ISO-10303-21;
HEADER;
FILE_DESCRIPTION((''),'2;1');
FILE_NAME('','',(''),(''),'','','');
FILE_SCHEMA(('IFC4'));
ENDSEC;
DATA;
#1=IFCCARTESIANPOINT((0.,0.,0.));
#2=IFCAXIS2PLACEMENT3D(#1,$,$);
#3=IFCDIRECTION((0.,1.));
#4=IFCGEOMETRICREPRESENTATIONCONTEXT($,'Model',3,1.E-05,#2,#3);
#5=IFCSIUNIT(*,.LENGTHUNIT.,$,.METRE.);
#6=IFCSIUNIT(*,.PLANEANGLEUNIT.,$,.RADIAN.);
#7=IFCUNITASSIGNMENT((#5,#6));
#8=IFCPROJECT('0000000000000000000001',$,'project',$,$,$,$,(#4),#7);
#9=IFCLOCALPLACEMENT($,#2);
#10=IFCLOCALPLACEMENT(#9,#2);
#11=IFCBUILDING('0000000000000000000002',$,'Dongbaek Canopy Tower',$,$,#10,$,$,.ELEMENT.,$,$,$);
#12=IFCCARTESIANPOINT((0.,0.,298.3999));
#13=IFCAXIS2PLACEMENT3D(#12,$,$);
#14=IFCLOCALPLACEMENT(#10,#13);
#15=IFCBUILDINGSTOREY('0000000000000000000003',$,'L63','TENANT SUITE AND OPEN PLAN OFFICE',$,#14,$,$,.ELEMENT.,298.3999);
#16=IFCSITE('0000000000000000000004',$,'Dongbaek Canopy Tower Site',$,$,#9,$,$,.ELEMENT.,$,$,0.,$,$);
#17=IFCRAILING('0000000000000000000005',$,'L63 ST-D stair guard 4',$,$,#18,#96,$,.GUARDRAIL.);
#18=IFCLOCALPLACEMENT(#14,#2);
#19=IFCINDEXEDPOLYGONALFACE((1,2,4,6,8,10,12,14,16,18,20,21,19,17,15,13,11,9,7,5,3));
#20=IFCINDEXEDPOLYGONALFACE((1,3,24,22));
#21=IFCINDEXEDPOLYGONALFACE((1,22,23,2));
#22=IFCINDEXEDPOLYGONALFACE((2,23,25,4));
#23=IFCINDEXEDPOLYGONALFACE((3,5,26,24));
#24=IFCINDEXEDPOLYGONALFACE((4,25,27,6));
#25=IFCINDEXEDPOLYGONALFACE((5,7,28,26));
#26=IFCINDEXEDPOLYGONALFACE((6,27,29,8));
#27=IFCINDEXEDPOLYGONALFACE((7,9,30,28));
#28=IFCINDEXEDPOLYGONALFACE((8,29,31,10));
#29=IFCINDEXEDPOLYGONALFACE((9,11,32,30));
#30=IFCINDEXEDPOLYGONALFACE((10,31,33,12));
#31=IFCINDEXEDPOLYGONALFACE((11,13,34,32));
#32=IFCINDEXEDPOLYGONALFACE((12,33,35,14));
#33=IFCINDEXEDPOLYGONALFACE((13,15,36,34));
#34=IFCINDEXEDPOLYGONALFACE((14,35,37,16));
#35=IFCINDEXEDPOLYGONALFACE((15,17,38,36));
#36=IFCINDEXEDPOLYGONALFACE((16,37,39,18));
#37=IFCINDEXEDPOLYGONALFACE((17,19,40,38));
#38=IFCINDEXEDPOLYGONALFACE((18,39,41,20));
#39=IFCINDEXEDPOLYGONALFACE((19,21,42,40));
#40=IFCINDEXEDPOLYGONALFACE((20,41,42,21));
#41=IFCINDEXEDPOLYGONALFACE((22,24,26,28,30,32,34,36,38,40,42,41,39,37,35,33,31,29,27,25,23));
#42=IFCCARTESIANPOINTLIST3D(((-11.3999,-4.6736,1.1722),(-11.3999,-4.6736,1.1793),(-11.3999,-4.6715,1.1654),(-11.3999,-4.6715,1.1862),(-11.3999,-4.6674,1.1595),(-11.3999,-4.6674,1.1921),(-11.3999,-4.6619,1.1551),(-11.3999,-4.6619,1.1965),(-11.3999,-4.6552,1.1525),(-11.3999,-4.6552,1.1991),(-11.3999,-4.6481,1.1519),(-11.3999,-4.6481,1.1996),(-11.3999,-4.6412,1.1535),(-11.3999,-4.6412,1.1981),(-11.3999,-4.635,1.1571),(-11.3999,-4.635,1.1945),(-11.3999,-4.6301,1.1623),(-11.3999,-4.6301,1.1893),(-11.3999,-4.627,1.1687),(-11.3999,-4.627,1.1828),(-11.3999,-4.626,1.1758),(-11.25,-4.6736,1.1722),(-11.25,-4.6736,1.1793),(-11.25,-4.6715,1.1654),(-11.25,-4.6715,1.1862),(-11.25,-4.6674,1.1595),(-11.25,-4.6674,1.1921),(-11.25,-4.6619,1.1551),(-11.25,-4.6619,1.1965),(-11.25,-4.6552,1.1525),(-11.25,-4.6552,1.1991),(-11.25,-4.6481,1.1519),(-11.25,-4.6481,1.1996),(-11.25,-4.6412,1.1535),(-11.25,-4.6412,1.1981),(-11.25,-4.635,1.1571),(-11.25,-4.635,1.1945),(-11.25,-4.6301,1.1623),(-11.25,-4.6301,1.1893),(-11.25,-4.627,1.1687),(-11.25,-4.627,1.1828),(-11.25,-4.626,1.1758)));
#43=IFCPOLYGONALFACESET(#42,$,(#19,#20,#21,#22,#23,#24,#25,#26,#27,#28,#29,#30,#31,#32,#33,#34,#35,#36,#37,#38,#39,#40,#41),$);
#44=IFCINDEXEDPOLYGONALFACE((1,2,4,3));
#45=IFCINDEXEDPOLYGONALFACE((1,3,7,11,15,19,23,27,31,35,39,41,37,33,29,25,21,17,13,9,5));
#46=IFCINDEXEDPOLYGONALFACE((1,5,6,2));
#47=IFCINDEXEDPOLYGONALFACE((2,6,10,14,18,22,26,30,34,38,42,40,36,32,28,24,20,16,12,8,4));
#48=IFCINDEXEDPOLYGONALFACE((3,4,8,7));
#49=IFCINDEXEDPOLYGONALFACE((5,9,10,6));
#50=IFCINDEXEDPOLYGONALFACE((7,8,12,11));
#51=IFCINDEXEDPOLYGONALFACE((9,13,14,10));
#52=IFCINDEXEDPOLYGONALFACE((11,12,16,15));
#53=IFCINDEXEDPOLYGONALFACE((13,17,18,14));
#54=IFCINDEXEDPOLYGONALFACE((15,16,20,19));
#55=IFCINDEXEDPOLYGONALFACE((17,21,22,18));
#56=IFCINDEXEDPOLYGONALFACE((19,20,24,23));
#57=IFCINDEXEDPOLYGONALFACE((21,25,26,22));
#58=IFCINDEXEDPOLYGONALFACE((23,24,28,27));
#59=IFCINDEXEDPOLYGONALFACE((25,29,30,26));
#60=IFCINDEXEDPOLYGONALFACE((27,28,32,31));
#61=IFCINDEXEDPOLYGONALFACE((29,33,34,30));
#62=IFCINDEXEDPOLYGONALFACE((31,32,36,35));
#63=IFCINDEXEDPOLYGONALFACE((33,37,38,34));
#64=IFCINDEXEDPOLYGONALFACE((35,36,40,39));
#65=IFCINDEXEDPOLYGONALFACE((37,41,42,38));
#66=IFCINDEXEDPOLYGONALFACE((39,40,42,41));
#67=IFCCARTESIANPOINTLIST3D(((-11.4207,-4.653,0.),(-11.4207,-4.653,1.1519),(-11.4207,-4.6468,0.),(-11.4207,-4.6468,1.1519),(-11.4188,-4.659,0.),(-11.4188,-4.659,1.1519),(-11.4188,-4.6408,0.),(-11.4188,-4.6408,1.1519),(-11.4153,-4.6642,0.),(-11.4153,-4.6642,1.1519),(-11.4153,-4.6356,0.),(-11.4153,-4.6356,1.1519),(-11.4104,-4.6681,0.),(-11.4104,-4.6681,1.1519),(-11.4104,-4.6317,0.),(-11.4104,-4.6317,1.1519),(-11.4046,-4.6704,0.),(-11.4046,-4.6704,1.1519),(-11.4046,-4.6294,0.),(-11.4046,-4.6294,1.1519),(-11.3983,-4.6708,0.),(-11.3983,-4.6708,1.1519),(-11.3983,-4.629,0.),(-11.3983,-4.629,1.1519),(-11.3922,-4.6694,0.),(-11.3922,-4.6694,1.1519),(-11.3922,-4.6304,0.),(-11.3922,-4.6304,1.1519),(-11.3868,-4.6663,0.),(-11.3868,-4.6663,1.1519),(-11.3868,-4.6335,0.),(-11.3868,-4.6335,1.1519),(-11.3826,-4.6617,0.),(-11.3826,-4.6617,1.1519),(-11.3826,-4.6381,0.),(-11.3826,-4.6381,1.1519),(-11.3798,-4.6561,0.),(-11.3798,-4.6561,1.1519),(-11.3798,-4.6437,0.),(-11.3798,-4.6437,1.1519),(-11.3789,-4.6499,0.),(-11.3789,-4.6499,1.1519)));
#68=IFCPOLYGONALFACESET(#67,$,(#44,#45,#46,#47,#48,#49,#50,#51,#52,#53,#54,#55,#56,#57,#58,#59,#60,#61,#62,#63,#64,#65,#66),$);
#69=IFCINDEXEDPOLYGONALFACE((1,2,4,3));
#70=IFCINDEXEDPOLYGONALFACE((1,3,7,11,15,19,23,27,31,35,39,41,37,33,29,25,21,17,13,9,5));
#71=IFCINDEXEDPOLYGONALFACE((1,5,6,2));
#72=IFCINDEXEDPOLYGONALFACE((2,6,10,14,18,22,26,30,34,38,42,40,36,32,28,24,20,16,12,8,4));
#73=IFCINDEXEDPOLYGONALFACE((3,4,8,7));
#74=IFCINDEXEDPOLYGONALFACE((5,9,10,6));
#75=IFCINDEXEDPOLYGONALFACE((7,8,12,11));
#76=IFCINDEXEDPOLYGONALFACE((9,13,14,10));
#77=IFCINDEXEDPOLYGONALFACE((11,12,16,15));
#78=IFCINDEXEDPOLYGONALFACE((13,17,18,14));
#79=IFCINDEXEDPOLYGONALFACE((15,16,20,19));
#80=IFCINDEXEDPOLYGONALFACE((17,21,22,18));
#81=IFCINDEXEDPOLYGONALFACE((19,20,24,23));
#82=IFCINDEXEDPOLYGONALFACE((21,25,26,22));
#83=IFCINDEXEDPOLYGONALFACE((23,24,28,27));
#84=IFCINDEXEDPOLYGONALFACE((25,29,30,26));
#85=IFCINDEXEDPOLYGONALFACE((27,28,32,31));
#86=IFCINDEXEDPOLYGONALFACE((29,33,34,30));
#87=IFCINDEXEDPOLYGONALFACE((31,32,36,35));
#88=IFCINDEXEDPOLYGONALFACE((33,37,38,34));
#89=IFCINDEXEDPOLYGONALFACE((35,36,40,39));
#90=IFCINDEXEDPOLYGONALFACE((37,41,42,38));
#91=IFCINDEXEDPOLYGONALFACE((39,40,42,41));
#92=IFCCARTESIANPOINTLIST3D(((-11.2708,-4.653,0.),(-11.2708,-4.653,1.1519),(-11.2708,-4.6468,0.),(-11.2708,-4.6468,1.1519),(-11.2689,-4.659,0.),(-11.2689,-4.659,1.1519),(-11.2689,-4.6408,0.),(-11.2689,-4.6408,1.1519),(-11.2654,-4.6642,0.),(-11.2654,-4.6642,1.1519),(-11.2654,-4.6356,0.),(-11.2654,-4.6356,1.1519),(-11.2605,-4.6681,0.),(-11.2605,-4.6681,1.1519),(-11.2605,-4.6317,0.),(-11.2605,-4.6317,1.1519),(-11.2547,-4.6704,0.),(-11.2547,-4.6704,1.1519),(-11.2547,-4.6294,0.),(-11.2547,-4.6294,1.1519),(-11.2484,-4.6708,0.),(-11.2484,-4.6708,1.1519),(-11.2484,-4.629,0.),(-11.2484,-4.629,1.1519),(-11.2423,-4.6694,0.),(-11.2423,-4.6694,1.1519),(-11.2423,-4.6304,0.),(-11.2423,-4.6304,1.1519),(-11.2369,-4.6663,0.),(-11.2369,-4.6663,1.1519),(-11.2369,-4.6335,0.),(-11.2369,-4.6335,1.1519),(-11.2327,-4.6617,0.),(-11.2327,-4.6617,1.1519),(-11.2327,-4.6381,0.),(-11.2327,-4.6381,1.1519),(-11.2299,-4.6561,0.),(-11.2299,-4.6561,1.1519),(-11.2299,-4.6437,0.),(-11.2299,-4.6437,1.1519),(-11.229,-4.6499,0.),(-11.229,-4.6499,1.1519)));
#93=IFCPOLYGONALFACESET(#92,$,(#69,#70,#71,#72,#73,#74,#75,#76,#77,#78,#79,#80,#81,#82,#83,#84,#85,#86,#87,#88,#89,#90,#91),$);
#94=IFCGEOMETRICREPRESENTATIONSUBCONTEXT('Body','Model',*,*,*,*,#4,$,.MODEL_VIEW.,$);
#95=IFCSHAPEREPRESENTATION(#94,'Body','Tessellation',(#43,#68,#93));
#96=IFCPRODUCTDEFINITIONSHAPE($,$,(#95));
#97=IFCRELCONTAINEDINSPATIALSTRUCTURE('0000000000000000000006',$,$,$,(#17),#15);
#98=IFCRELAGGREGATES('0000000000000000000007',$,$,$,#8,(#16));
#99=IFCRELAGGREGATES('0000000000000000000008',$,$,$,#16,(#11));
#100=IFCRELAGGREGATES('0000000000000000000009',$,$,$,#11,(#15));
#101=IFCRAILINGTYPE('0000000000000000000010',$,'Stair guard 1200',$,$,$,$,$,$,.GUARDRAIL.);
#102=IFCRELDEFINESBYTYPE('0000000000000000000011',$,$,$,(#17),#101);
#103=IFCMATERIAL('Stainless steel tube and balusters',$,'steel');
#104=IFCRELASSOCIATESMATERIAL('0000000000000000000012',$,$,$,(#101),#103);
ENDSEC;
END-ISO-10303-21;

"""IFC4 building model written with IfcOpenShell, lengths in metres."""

from ifc_helpers import new_model, si_unit, direction, frame, origin, origin_2d, place, context, subcontext, project, spatial, circle, extrude, material, type_object, element, save


model = new_model("IFC4")

# Units and contexts
model_context = context("Model", 3, precision=1e-05, world=origin(), true_north=direction((0.0, 1.0)))
body_context = subcontext(model_context, "Body", "Model", "MODEL_VIEW")
ifc_project = project(units=[si_unit("LENGTHUNIT", "METRE"), si_unit("PLANEANGLEUNIT", "RADIAN")], contexts=[model_context])

# Site, building, storey
site_placement = place(None, origin())
site = spatial("IfcSite", under=ifc_project, at=site_placement, Name="Dongbaek Canopy Tower Site", CompositionType="ELEMENT", RefElevation=0.0)
building_placement = place(site_placement, origin())
building = spatial("IfcBuilding", under=site, at=building_placement, Name="Dongbaek Canopy Tower", CompositionType="ELEMENT")
storey_placement = place(building_placement, frame((0.0, 0.0, 298.3999)))
storey = spatial("IfcBuildingStorey", under=building, at=storey_placement, Name="L63", Description="TENANT SUITE AND OPEN PLAN OFFICE", CompositionType="ELEMENT", Elevation=298.3999)

# Railing
ifc_material_1 = material(Name="Stainless steel tube and balusters", Category="steel")
railing_type_1 = type_object("IfcRailingType", Name="Stair guard 1200", PredefinedType="GUARDRAIL", material=ifc_material_1)
railing_1_placement = place(storey_placement, frame((-11.3999, -4.6499, 0.0)))
element("IfcRailing", 1, at=railing_1_placement, inside=storey, type_object=railing_type_1, Name="L63 ST-D stair guard 4", PredefinedType="GUARDRAIL", context=body_context, shape_type="SweptSolid", body=[
    extrude(circle(Radius=0.0239, at=origin_2d()), frame((0.0, 0.0, 1.1758), z_axis=(1.0, 0.0, 0.0), x_axis=(0.0, 1.0, 0.0)), (0.0, 0.0, 1.0), 0.1499),
    extrude(circle(Radius=0.021, at=origin_2d()), origin(), (0.0, 0.0, 1.0), 1.1519),
    extrude(circle(Radius=0.021, at=origin_2d()), frame((0.1499, 0.0, 0.0)), (0.0, 0.0, 1.0), 1.1519),
])

save(model, "model.ifc")
